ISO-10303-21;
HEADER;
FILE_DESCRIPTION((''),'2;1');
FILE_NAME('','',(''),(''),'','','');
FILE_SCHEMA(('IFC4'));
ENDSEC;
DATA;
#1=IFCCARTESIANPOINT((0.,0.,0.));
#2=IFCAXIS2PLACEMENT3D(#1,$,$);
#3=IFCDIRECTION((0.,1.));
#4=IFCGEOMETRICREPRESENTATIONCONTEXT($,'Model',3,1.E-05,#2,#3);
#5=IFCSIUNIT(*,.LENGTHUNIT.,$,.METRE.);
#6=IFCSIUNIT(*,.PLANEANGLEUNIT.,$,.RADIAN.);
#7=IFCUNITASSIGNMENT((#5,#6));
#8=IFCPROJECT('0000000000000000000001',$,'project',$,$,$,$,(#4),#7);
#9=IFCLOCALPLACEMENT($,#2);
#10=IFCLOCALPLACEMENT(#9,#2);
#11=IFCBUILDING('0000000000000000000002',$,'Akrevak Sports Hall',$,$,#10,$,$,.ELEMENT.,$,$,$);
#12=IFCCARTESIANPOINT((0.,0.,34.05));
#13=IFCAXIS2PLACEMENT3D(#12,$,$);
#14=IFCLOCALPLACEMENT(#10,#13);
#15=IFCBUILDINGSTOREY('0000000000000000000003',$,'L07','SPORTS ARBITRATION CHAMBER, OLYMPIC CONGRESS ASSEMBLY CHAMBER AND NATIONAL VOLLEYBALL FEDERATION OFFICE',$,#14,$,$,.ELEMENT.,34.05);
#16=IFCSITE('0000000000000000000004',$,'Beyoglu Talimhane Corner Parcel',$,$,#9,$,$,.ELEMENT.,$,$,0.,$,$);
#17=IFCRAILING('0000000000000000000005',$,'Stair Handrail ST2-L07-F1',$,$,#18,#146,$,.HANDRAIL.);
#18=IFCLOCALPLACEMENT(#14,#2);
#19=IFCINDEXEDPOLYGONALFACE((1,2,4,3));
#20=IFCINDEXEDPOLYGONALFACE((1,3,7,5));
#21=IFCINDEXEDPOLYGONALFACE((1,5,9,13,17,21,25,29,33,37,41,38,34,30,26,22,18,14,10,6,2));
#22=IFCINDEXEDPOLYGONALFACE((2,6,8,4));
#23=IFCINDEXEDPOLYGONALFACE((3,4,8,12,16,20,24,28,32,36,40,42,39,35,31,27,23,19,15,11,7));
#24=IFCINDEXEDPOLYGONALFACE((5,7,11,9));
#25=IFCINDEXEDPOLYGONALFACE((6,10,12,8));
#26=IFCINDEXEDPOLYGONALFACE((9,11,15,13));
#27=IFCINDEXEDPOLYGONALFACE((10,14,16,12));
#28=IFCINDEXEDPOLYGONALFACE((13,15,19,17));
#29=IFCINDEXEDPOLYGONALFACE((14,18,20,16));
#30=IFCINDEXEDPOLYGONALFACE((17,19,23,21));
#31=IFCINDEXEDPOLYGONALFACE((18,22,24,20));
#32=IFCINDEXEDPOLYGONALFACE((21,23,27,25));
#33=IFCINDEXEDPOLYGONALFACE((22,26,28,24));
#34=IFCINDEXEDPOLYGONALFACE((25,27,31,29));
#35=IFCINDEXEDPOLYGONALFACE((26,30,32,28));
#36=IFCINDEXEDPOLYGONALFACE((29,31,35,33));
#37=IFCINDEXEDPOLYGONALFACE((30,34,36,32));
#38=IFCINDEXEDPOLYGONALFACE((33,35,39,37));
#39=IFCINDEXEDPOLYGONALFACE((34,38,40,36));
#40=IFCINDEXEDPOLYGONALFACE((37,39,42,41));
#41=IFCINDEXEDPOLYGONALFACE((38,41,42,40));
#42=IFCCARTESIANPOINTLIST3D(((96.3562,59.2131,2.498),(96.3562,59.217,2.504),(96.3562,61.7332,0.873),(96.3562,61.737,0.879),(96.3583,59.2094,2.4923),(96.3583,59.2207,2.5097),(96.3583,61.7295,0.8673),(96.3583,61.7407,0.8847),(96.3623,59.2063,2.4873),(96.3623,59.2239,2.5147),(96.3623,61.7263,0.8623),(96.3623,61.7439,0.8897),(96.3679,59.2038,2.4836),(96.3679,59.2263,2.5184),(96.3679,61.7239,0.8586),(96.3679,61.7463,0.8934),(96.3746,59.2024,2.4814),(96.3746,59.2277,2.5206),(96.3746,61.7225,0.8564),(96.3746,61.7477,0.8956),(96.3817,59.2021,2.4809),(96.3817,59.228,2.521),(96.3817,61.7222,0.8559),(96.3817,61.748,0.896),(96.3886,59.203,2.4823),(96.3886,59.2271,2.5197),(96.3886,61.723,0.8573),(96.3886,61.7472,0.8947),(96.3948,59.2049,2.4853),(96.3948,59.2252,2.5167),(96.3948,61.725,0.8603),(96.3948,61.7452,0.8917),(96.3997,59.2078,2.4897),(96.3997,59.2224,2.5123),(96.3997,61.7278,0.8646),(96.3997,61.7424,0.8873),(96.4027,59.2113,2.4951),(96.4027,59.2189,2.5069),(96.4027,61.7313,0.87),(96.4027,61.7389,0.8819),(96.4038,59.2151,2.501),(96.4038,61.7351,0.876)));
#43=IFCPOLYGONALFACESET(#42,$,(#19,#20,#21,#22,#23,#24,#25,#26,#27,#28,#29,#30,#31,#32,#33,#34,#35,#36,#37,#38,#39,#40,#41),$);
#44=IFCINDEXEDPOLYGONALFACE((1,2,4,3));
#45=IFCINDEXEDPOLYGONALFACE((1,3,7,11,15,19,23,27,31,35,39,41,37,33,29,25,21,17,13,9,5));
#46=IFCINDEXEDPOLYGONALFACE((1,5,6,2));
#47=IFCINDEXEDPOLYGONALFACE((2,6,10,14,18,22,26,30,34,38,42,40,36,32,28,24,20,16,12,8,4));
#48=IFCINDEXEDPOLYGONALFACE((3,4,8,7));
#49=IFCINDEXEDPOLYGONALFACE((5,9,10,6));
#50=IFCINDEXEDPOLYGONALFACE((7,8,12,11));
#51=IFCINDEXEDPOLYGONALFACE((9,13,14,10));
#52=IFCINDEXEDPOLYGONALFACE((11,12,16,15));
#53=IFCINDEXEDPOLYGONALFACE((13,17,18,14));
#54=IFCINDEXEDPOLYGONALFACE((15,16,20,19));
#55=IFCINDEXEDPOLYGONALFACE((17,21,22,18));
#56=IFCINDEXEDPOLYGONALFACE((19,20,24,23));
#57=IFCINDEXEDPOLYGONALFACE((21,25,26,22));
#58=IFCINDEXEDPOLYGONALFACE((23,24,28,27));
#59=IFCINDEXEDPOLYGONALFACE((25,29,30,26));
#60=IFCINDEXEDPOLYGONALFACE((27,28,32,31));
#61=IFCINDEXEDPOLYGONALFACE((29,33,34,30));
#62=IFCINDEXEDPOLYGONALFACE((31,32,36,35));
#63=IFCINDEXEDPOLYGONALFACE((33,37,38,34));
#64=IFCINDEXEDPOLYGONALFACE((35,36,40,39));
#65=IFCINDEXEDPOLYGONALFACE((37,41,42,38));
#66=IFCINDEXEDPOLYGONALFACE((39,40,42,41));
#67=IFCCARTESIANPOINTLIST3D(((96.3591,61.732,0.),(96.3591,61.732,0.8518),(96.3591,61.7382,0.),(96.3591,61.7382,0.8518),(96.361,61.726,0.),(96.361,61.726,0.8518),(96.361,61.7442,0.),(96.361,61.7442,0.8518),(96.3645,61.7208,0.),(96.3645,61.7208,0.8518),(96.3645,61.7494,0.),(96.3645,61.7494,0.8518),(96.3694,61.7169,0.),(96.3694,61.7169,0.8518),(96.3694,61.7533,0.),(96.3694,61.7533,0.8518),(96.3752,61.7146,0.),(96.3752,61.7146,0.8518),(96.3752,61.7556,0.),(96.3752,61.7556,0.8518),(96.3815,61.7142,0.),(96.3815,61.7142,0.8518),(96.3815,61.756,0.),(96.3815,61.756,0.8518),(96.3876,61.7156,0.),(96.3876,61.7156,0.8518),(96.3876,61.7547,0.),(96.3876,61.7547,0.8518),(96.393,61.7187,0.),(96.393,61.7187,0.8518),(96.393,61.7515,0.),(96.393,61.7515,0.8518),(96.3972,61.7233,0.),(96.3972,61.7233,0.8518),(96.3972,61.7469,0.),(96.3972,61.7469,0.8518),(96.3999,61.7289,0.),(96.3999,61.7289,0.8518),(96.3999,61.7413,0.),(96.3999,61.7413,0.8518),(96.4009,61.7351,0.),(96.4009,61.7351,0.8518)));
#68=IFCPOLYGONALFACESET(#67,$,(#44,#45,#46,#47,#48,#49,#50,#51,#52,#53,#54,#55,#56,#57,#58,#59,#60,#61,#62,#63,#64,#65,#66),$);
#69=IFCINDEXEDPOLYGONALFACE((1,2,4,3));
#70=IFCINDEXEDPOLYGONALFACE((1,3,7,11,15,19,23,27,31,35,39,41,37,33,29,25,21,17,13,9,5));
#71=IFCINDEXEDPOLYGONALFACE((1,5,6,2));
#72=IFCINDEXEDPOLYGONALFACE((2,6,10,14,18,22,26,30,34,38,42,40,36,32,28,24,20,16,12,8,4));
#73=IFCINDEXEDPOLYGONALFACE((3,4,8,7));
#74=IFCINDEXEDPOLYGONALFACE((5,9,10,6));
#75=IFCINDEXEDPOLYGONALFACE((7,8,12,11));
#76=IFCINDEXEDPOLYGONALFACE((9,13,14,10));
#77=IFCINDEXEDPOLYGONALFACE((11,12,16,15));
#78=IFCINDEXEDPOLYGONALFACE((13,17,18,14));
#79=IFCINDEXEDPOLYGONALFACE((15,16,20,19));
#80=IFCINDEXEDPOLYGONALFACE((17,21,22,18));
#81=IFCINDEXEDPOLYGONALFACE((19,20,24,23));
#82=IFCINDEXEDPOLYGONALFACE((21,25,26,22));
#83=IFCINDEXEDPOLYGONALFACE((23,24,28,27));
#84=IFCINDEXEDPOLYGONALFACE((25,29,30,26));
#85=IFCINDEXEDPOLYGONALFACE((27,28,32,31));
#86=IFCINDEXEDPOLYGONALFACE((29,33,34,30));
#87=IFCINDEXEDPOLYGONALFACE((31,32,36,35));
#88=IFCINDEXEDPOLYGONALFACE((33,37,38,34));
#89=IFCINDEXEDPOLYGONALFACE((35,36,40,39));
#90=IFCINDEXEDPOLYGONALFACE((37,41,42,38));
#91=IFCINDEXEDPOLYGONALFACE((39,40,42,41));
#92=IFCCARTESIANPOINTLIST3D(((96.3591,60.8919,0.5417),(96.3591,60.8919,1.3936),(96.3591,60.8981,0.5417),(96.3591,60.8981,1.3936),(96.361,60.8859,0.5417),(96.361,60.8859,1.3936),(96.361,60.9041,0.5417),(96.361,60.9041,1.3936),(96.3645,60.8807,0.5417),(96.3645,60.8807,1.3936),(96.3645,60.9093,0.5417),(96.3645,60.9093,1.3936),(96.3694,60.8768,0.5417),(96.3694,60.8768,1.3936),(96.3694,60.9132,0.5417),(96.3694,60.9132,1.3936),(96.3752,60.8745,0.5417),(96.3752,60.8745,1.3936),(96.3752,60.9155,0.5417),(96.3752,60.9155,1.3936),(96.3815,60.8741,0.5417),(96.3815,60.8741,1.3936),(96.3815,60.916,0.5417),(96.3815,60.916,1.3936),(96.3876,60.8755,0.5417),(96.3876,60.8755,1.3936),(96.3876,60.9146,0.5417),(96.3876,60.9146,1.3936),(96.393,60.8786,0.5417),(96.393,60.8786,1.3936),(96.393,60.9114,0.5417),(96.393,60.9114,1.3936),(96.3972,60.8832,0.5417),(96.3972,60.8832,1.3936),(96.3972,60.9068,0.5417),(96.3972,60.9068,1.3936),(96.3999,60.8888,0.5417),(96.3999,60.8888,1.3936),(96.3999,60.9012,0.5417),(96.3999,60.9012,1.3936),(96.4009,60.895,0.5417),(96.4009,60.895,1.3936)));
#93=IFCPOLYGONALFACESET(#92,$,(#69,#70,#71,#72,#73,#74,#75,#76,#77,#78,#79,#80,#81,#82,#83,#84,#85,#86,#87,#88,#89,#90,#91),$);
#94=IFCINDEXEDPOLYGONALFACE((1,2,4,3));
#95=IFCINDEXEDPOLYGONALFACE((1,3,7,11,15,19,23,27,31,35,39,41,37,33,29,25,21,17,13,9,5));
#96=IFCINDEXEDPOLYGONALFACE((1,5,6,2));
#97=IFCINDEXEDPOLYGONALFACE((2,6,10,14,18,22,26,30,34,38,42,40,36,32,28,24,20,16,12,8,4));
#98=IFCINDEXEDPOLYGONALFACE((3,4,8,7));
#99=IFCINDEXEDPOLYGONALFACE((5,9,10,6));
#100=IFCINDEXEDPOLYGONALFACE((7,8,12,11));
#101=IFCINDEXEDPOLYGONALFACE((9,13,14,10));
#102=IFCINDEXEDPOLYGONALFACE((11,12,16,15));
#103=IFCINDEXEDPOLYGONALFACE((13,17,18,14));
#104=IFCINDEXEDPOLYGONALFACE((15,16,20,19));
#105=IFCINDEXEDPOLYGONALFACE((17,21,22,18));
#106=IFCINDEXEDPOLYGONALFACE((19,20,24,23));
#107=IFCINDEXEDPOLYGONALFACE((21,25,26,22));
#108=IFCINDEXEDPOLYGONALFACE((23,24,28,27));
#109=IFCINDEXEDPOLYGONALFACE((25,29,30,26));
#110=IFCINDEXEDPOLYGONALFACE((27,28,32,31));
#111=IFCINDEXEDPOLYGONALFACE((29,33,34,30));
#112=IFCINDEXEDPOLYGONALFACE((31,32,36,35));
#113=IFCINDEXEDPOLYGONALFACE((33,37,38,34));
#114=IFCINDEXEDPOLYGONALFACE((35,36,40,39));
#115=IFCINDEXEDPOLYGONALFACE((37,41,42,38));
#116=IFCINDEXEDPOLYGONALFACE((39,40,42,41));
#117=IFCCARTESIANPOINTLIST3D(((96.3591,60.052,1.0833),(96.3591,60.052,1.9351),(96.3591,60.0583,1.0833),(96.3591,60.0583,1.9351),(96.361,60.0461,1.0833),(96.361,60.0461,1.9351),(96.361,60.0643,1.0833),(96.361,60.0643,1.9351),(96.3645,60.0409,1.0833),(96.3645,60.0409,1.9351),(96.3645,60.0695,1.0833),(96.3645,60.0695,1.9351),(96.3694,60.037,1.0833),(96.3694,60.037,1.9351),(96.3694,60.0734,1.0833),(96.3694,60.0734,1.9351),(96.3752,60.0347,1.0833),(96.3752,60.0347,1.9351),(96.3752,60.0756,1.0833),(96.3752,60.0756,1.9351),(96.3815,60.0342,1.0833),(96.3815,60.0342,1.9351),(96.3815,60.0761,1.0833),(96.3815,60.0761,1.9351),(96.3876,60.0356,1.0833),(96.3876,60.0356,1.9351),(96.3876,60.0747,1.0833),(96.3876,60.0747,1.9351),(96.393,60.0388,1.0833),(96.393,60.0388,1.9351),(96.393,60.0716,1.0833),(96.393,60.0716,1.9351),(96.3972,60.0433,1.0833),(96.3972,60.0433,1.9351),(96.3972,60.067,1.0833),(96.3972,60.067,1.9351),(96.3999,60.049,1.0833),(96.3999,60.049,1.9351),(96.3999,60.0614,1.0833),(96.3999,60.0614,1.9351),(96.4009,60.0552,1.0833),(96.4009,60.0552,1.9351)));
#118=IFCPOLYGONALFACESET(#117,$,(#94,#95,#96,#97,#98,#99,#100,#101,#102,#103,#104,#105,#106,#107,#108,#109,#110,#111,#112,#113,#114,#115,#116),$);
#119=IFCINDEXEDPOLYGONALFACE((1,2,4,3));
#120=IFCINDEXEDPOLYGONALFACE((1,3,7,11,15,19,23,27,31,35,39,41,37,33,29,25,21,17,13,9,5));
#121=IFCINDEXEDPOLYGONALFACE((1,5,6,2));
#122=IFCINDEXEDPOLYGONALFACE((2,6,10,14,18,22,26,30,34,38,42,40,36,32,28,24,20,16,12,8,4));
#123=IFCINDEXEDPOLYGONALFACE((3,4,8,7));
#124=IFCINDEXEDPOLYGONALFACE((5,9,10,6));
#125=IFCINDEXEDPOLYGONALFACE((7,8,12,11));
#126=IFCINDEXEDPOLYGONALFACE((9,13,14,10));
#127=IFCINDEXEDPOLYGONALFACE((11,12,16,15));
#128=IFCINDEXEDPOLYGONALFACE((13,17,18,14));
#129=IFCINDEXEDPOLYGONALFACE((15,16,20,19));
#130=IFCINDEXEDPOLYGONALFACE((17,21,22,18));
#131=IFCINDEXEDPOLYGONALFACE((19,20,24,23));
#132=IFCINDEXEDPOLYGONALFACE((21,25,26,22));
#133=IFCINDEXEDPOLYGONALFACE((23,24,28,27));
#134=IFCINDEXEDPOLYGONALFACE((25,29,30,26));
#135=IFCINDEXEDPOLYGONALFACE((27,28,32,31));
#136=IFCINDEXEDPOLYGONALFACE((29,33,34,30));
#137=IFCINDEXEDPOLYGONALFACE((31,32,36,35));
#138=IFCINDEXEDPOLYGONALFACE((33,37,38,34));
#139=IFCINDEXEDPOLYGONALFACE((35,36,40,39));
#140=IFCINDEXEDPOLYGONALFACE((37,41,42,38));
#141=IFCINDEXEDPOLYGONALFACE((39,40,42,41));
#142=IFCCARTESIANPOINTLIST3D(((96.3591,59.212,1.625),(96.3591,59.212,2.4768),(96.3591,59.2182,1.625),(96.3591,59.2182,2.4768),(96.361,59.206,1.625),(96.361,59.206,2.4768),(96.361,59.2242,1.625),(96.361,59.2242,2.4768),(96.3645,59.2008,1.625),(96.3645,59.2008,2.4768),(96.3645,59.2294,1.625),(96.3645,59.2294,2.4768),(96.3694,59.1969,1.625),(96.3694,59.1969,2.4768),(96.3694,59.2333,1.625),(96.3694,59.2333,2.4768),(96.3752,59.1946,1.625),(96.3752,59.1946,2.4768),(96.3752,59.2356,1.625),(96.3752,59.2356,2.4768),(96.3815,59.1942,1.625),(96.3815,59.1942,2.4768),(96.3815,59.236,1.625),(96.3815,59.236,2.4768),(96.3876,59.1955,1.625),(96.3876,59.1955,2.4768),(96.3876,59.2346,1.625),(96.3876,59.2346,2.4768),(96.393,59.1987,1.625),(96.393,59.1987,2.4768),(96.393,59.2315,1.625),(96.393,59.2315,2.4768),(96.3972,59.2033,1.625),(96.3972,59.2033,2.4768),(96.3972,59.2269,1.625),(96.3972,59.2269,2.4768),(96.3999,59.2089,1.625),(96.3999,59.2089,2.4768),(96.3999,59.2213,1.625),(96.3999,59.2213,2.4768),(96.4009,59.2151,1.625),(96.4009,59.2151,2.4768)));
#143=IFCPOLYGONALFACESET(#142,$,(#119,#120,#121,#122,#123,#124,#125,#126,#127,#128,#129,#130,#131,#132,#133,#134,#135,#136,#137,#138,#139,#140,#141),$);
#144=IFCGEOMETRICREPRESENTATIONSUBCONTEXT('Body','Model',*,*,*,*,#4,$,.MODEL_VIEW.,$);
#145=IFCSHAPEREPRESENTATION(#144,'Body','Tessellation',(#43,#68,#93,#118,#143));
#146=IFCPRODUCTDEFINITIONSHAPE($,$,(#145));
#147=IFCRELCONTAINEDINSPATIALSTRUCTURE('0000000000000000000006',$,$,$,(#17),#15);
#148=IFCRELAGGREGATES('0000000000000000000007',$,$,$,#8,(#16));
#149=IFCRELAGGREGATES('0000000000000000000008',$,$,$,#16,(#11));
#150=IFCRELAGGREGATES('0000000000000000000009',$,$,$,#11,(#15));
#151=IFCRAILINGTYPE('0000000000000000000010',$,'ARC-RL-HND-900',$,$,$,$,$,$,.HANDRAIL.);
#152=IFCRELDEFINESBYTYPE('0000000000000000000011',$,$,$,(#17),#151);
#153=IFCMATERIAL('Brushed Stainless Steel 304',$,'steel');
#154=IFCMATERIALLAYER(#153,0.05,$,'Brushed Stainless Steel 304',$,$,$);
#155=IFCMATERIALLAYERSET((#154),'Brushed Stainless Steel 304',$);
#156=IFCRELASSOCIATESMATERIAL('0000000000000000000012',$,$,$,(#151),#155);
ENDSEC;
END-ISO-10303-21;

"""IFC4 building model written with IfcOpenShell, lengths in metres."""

from ifc_helpers import new_model, si_unit, direction, frame, origin, origin_2d, place, context, subcontext, project, spatial, circle, extrude, material, layer, layer_set, type_object, element, save


model = new_model("IFC4")

# Units and contexts
model_context = context("Model", 3, precision=1e-05, world=origin(), true_north=direction((0.0, 1.0)))
body_context = subcontext(model_context, "Body", "Model", "MODEL_VIEW")
ifc_project = project(units=[si_unit("LENGTHUNIT", "METRE"), si_unit("PLANEANGLEUNIT", "RADIAN")], contexts=[model_context])

# Site, building, storey
site_placement = place(None, origin())
site = spatial("IfcSite", under=ifc_project, at=site_placement, Name="Beyoglu Talimhane Corner Parcel", CompositionType="ELEMENT", RefElevation=0.0)
building_placement = place(site_placement, origin())
building = spatial("IfcBuilding", under=site, at=building_placement, Name="Akrevak Sports Hall", CompositionType="ELEMENT")
storey_placement = place(building_placement, frame((0.0, 0.0, 34.05)))
storey = spatial("IfcBuildingStorey", under=building, at=storey_placement, Name="L07", Description="SPORTS ARBITRATION CHAMBER, OLYMPIC CONGRESS ASSEMBLY CHAMBER AND NATIONAL VOLLEYBALL FEDERATION OFFICE", CompositionType="ELEMENT", Elevation=34.05)

# Railing
ifc_material_1 = material(Name="Brushed Stainless Steel 304", Category="steel")
ifc_layer_1 = layer(ifc_material_1, 0.05, Name="Brushed Stainless Steel 304")
ifc_layer_set_1 = layer_set([ifc_layer_1], Name="Brushed Stainless Steel 304")
railing_type_1 = type_object("IfcRailingType", Name="ARC-RL-HND-900", PredefinedType="HANDRAIL", material=ifc_layer_set_1)
railing_1_placement = place(storey_placement, frame((96.3799, 61.7351, 0.0)))
element("IfcRailing", 1, at=railing_1_placement, inside=storey, type_object=railing_type_1, Name="Stair Handrail ST2-L07-F1", PredefinedType="HANDRAIL", context=body_context, shape_type="SweptSolid", body=[
    extrude(circle(Radius=0.0239, at=origin_2d()), frame((0.0, 0.0, 0.876), z_axis=(0.0, -0.840421, 0.541934), x_axis=(1.0, 0.0, 0.0)), (0.0, 0.0, 1.0), 2.9985),
    extrude(circle(Radius=0.021, at=origin_2d()), origin(), (0.0, 0.0, 1.0), 0.8518),
    extrude(circle(Radius=0.021, at=origin_2d()), frame((0.0, -0.8401, 0.5417)), (0.0, 0.0, 1.0), 0.8518),
    extrude(circle(Radius=0.021, at=origin_2d()), frame((0.0, -1.6799, 1.0833)), (0.0, 0.0, 1.0), 0.8518),
    extrude(circle(Radius=0.021, at=origin_2d()), frame((0.0, -2.52, 1.625)), (0.0, 0.0, 1.0), 0.8518),
])

save(model, "model.ifc")
